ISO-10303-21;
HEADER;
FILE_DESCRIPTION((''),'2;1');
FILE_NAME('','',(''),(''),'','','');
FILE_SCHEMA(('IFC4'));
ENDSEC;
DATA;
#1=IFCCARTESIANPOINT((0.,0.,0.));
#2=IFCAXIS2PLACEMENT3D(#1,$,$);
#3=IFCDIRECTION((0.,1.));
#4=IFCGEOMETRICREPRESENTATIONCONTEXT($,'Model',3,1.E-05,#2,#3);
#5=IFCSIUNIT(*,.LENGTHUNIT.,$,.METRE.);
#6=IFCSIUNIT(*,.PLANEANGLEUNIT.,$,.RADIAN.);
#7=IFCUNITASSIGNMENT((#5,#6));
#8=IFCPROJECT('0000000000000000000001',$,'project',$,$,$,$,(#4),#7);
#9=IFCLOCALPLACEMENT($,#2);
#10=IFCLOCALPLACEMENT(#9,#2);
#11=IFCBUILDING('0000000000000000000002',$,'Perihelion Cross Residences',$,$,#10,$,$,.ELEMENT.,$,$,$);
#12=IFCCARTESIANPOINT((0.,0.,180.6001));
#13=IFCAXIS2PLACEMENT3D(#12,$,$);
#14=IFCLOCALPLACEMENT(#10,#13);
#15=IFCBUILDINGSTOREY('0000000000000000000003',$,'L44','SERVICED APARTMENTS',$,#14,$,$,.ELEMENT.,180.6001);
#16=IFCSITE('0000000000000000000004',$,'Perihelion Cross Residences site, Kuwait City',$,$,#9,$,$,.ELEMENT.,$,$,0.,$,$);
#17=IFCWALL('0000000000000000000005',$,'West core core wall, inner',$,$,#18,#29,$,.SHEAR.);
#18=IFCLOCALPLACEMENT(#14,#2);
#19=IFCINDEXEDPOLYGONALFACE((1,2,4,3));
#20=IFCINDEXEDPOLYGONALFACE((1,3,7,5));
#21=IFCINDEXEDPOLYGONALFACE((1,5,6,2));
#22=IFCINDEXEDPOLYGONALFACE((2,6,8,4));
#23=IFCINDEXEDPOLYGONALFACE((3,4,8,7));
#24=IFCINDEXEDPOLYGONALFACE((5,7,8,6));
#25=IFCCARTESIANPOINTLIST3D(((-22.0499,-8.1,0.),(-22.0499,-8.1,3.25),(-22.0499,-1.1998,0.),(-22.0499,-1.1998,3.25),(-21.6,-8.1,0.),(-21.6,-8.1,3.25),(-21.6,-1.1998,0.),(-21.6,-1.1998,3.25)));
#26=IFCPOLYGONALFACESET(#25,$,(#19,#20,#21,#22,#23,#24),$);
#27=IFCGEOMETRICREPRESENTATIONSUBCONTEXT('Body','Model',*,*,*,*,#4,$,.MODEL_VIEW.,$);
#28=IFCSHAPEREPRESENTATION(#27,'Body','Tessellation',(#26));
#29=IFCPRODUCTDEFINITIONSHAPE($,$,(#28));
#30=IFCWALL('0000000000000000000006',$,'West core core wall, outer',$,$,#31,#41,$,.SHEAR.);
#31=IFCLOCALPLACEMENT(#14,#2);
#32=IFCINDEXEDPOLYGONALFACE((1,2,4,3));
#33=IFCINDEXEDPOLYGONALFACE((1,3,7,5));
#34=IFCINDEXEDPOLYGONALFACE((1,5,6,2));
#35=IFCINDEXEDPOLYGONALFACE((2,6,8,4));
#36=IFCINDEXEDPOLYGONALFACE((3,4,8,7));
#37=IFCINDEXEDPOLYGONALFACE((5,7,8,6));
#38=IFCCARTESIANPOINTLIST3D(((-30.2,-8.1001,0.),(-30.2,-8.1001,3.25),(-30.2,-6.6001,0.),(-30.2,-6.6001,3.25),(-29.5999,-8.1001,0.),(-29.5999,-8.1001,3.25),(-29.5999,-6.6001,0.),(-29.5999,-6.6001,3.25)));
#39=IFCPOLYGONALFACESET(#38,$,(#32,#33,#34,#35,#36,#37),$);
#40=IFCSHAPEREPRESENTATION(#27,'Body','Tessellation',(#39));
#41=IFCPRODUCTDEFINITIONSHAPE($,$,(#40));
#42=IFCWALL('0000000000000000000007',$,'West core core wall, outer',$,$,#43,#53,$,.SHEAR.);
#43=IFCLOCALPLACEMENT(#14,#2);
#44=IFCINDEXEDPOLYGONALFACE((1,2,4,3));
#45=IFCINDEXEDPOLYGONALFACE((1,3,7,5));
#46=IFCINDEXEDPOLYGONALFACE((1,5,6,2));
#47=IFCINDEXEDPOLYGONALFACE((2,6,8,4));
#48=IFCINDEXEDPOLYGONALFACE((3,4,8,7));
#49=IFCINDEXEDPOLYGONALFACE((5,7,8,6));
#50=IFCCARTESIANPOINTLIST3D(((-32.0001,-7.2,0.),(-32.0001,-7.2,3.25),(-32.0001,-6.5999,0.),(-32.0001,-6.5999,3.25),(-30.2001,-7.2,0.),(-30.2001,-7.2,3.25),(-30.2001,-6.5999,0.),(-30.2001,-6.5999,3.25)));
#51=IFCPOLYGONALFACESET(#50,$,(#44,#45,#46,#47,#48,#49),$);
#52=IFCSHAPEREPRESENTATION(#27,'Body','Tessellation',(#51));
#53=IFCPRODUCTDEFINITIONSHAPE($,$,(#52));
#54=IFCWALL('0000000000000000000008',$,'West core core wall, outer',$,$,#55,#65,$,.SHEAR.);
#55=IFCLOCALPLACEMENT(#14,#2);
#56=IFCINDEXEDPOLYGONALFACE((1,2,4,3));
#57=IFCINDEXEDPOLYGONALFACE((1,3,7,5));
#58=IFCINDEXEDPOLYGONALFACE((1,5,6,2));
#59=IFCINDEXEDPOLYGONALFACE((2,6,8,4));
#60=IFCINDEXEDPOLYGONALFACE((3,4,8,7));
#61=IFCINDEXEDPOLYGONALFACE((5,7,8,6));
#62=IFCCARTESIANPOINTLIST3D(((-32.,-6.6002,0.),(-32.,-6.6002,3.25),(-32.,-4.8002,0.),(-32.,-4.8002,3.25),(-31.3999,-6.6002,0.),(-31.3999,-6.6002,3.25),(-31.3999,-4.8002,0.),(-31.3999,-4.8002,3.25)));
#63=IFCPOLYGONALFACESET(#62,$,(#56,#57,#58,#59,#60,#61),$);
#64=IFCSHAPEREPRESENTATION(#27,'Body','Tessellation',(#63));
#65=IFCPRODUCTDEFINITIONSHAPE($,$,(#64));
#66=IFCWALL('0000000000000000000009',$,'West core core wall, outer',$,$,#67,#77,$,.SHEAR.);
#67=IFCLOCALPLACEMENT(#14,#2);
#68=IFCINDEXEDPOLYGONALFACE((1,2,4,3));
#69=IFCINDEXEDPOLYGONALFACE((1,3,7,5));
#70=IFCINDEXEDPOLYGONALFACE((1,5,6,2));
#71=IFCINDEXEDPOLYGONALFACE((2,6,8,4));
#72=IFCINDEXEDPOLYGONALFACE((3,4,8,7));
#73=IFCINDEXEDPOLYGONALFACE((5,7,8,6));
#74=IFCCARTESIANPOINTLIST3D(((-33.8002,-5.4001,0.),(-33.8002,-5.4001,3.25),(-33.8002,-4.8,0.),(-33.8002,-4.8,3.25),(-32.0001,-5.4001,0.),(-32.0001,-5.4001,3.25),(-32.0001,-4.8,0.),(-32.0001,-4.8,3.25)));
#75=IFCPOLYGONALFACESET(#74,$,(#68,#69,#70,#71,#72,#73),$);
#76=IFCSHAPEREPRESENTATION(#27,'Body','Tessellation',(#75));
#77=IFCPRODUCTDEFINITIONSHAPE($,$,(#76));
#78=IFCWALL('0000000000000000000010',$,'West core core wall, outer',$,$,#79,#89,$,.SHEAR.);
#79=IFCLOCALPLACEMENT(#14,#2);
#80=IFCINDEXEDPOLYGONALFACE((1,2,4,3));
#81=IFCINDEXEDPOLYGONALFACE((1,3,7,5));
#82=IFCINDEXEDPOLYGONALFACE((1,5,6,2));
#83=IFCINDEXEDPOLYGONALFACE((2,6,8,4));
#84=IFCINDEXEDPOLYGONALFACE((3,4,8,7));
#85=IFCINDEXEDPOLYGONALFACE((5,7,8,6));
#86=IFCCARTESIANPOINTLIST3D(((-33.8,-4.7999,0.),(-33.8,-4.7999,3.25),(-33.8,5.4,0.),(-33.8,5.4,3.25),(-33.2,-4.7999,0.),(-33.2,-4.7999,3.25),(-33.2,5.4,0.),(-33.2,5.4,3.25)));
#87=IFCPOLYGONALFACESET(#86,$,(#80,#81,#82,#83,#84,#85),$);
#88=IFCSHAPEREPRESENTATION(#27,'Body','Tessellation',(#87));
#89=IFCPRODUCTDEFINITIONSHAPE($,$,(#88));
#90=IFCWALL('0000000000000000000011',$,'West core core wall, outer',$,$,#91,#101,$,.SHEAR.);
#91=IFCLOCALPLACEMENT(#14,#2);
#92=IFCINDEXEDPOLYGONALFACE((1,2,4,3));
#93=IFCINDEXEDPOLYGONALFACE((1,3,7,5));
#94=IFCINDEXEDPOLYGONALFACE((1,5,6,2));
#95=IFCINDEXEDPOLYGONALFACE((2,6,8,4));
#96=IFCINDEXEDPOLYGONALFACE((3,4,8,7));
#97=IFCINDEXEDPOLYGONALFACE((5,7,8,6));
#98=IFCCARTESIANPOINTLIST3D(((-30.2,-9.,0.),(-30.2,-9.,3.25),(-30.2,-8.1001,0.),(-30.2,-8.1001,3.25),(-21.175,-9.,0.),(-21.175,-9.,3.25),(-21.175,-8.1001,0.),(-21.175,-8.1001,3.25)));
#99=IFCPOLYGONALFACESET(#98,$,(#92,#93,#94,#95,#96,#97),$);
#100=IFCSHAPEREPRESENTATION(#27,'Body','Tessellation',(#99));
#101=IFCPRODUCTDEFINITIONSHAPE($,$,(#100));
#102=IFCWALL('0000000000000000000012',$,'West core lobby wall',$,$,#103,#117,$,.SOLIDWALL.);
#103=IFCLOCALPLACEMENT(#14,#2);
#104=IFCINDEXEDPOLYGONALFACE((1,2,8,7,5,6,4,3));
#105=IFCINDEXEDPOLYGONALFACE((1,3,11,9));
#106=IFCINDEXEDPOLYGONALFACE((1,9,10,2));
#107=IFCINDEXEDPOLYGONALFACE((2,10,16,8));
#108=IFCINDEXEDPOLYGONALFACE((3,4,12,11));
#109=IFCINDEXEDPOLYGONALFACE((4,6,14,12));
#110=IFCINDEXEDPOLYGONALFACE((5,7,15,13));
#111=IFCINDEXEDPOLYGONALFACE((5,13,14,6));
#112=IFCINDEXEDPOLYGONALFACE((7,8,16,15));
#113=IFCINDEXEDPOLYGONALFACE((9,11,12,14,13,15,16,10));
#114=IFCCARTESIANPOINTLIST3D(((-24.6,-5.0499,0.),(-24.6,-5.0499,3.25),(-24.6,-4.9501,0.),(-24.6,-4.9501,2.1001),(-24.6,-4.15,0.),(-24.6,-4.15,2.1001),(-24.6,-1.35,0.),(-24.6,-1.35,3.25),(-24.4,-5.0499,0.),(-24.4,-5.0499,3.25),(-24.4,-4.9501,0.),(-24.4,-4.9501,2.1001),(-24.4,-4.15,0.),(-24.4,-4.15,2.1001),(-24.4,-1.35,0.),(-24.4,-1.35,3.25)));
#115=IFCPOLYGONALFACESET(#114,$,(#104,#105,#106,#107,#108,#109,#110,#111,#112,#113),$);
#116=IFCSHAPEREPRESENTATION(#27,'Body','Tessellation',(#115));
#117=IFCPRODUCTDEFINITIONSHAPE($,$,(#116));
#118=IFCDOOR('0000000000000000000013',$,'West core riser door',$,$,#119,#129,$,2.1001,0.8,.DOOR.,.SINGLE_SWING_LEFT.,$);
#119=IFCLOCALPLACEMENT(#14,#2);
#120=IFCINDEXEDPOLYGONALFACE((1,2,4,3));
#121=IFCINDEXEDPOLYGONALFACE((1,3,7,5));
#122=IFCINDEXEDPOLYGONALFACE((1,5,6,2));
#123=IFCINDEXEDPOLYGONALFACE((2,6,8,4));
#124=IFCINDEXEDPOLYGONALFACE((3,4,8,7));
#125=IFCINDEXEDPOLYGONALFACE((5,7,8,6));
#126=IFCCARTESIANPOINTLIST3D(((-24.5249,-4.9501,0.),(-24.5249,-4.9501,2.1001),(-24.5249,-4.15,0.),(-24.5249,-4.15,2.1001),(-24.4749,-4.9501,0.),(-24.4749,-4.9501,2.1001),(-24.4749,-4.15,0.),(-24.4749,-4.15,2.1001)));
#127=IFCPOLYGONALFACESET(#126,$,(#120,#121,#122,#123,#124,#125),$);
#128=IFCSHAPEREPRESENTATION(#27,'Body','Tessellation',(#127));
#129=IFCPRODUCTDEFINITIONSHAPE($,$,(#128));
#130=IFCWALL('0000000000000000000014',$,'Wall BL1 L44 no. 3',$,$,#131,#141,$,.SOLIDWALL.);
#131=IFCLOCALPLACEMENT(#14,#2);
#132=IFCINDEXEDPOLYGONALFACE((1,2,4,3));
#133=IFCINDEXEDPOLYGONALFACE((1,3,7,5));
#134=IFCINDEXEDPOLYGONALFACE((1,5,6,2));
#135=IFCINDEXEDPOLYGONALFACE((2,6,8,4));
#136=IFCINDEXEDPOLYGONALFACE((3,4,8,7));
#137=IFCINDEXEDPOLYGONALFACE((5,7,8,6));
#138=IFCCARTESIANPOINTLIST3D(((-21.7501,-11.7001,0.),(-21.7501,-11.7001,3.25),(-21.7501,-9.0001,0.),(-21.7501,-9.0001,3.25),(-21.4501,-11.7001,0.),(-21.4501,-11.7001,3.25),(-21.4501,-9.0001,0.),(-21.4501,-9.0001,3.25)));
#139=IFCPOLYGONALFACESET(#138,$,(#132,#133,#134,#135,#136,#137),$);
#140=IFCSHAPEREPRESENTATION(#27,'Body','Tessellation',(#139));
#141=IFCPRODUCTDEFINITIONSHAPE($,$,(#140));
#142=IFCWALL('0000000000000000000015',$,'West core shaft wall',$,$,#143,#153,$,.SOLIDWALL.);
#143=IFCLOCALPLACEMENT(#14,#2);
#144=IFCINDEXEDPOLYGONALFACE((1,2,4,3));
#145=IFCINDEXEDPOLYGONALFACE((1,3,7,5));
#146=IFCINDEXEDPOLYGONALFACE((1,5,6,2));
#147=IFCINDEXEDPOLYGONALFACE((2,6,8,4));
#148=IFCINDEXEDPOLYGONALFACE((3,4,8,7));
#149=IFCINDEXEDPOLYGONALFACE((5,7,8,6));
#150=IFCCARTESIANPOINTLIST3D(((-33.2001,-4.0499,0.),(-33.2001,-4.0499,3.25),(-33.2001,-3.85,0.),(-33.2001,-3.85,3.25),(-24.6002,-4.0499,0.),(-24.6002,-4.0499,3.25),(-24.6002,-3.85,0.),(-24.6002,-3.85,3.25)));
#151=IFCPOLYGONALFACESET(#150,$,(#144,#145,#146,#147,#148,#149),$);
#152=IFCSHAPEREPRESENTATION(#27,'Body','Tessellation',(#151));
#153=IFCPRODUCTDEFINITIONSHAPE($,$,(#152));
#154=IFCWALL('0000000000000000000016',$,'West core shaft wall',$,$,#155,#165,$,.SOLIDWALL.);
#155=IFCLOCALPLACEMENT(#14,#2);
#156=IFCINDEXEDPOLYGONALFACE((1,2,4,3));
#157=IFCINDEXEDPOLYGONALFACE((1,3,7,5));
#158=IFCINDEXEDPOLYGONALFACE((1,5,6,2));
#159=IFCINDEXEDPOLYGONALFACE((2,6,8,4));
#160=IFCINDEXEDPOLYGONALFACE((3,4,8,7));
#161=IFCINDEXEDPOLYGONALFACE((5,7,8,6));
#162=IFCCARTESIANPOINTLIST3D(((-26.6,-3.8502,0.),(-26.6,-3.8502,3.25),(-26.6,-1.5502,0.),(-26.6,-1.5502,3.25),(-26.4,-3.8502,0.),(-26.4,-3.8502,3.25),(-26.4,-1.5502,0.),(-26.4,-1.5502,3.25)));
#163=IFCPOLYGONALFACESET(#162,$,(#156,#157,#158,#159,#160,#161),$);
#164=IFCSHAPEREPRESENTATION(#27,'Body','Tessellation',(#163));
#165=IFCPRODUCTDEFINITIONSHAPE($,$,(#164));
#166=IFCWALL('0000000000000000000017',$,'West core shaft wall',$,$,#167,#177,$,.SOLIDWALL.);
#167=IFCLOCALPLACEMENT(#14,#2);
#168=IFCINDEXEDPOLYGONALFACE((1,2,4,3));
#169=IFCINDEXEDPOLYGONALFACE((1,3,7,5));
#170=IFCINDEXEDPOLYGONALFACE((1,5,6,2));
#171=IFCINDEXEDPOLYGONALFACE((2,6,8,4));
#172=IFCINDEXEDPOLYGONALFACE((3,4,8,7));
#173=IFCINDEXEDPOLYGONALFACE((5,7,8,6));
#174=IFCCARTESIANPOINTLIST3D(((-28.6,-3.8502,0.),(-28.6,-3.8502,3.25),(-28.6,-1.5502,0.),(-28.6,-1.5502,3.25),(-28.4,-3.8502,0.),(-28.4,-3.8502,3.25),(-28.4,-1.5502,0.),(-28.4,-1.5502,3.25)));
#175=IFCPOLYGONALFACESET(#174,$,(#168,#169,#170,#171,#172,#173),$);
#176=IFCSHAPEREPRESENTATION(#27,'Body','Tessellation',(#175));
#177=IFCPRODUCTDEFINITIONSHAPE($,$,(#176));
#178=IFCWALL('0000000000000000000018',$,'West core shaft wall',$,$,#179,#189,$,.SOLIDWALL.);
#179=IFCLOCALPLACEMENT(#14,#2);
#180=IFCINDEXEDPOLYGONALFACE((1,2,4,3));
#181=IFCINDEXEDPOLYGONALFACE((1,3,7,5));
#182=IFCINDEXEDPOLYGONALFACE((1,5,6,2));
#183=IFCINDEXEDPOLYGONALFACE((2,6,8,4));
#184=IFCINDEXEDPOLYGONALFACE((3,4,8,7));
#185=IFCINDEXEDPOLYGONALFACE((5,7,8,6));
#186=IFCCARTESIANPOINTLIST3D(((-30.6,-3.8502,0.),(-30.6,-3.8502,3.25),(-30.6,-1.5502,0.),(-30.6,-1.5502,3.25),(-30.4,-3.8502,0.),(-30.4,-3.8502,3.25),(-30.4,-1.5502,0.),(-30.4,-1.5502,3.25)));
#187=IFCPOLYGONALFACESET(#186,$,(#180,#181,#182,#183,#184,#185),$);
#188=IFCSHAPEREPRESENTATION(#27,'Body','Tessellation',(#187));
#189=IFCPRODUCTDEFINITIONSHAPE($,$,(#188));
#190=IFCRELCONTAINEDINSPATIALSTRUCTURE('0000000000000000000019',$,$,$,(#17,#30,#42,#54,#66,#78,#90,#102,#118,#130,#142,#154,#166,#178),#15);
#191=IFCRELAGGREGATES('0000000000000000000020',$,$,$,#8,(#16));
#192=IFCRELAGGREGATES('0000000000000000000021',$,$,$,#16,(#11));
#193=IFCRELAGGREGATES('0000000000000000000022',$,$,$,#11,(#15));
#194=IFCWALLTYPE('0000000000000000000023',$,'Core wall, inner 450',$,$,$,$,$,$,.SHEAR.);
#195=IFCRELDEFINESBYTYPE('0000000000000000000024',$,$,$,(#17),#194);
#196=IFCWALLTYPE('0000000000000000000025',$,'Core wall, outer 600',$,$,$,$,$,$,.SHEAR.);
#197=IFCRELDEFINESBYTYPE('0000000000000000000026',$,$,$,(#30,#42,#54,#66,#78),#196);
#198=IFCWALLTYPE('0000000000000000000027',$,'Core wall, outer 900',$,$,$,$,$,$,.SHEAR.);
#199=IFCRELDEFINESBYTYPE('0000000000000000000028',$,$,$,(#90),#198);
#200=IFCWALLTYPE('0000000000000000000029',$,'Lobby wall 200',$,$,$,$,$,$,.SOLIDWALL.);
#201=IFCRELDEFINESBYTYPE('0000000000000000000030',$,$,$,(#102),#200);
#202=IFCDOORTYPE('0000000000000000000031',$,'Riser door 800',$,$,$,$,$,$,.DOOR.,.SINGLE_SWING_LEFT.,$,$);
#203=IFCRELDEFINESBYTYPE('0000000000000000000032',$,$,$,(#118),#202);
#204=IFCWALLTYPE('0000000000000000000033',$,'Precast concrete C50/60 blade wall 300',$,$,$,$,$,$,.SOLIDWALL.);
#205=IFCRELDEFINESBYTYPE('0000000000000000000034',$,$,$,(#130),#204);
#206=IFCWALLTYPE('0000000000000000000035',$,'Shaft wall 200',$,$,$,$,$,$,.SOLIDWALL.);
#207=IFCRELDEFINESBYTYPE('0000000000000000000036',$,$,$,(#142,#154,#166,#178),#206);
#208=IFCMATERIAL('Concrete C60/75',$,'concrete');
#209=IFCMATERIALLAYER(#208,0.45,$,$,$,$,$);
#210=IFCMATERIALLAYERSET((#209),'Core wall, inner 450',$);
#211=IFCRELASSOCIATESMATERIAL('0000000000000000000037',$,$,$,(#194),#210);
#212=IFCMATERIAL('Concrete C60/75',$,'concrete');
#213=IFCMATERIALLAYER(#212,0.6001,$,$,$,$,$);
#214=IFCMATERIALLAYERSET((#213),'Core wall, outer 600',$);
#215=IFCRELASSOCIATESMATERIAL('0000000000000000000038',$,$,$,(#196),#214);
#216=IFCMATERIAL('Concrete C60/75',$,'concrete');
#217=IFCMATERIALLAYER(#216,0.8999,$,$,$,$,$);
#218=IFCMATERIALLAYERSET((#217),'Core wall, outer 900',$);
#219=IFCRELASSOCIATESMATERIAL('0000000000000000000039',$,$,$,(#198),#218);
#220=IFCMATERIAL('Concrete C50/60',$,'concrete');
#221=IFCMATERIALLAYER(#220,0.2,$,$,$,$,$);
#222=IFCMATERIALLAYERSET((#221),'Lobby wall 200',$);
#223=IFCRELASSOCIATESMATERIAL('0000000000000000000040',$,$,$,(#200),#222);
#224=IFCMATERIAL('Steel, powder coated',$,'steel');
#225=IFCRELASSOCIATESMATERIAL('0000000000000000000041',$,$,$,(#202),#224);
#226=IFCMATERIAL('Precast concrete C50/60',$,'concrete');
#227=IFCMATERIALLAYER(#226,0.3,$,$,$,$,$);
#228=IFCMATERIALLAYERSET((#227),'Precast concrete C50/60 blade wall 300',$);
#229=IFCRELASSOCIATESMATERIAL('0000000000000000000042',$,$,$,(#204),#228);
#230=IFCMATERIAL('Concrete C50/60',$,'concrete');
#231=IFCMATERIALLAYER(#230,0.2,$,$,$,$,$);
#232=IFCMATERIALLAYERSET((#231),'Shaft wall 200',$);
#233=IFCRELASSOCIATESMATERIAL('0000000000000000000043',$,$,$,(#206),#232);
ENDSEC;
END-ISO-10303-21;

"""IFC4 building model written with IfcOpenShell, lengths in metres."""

from ifc_helpers import new_model, si_unit, direction, frame, frame_2d, origin, place, context, subcontext, project, spatial, rectangle, extrude, material, layer, layer_set, type_object, element, fill, save


model = new_model("IFC4")

# Units and contexts
model_context = context("Model", 3, precision=1e-05, world=origin(), true_north=direction((0.0, 1.0)))
body_context = subcontext(model_context, "Body", "Model", "MODEL_VIEW")
ifc_project = project(units=[si_unit("LENGTHUNIT", "METRE"), si_unit("PLANEANGLEUNIT", "RADIAN")], contexts=[model_context])

# Site, building, storey
site_placement = place(None, origin())
site = spatial("IfcSite", under=ifc_project, at=site_placement, Name="Perihelion Cross Residences site, Kuwait City", CompositionType="ELEMENT", RefElevation=0.0)
building_placement = place(site_placement, origin())
building = spatial("IfcBuilding", under=site, at=building_placement, Name="Perihelion Cross Residences", CompositionType="ELEMENT")
storey_placement = place(building_placement, frame((0.0, 0.0, 180.6001)))
storey = spatial("IfcBuildingStorey", under=building, at=storey_placement, Name="L44", Description="SERVICED APARTMENTS", CompositionType="ELEMENT", Elevation=180.6001)

# Walls
ifc_material_1 = material(Name="Concrete C60/75", Category="concrete")
ifc_layer_1 = layer(ifc_material_1, 0.45)
ifc_layer_set_1 = layer_set([ifc_layer_1], Name="Core wall, inner 450")
wall_type_1 = type_object("IfcWallType", Name="Core wall, inner 450", PredefinedType="SHEAR", material=ifc_layer_set_1)
wall_1_placement = place(storey_placement, frame((-21.825, -8.1001, 0.0), z_axis=(0.0, 0.0, 1.0), x_axis=(0.0, 1.0, 0.0)))
element("IfcWall", 1, at=wall_1_placement, inside=storey, type_object=wall_type_1, Name="West core core wall, inner", PredefinedType="SHEAR", context=body_context, shape_type="SweptSolid", body=[
    extrude(rectangle(XDim=6.9001, YDim=0.45, at=frame_2d((3.4502, 0.0))), origin(), (0.0, 0.0, 1.0), 3.25),
])
ifc_material_2 = material(Name="Concrete C60/75", Category="concrete")
ifc_layer_2 = layer(ifc_material_2, 0.6001)
ifc_layer_set_2 = layer_set([ifc_layer_2], Name="Core wall, outer 600")
wall_type_2 = type_object("IfcWallType", Name="Core wall, outer 600", PredefinedType="SHEAR", material=ifc_layer_set_2)
wall_2_placement = place(storey_placement, frame((-29.8999, -8.1001, 0.0), z_axis=(0.0, 0.0, 1.0), x_axis=(0.0, 1.0, 0.0)))
element("IfcWall", 2, at=wall_2_placement, inside=storey, type_object=wall_type_2, Name="West core core wall, outer", PredefinedType="SHEAR", context=body_context, shape_type="SweptSolid", body=[
    extrude(rectangle(XDim=1.5, YDim=0.6001, at=frame_2d((0.75, 0.0))), origin(), (0.0, 0.0, 1.0), 3.25),
])
for number, where, z_axis, x_axis, name in (
    (3, (-32.0, -6.8999, 0.0), (0.0, 0.0, 1.0), (1.0, 0.0, 0.0), "West core core wall, outer"),
    (4, (-31.7, -6.6001, 0.0), (0.0, 0.0, 1.0), (0.0, 1.0, 0.0), "West core core wall, outer"),
    (5, (-33.8, -5.1001, 0.0), (0.0, 0.0, 1.0), (1.0, 0.0, 0.0), "West core core wall, outer"),
):
    element("IfcWall", number, at=place(storey_placement, frame(where, z_axis=z_axis, x_axis=x_axis)), inside=storey, type_object=wall_type_2, Name=name, PredefinedType="SHEAR", context=body_context, shape_type="SweptSolid", body=[
        extrude(rectangle(XDim=1.8, YDim=0.6001, at=frame_2d((0.8999, 0.0))), origin(), (0.0, 0.0, 1.0), 3.25),
    ])
wall_3_placement = place(storey_placement, frame((-33.5, -4.8, 0.0), z_axis=(0.0, 0.0, 1.0), x_axis=(0.0, 1.0, 0.0)))
element("IfcWall", 6, at=wall_3_placement, inside=storey, type_object=wall_type_2, Name="West core core wall, outer", PredefinedType="SHEAR", context=body_context, shape_type="SweptSolid", body=[
    extrude(rectangle(XDim=10.2, YDim=0.6001, at=frame_2d((5.1001, 0.0))), origin(), (0.0, 0.0, 1.0), 3.25),
])
ifc_material_3 = material(Name="Concrete C60/75", Category="concrete")
ifc_layer_3 = layer(ifc_material_3, 0.8999)
ifc_layer_set_3 = layer_set([ifc_layer_3], Name="Core wall, outer 900")
wall_type_3 = type_object("IfcWallType", Name="Core wall, outer 900", PredefinedType="SHEAR", material=ifc_layer_set_3)
wall_4_placement = place(storey_placement, frame((-30.2, -8.55, 0.0), z_axis=(0.0, 0.0, 1.0), x_axis=(1.0, 0.0, 0.0)))
element("IfcWall", 7, at=wall_4_placement, inside=storey, type_object=wall_type_3, Name="West core core wall, outer", PredefinedType="SHEAR", context=body_context, shape_type="SweptSolid", body=[
    extrude(rectangle(XDim=9.0249, YDim=0.8999, at=frame_2d((4.5125, 0.0))), origin(), (0.0, 0.0, 1.0), 3.25),
])

# Wall, opening, door
ifc_material_4 = material(Name="Concrete C50/60", Category="concrete")
ifc_layer_4 = layer(ifc_material_4, 0.2)
ifc_layer_set_4 = layer_set([ifc_layer_4], Name="Lobby wall 200")
wall_type_4 = type_object("IfcWallType", Name="Lobby wall 200", PredefinedType="SOLIDWALL", material=ifc_layer_set_4)
wall_5_placement = place(storey_placement, frame((-24.5, -5.05, 0.0), z_axis=(0.0, 0.0, 1.0), x_axis=(0.0, 1.0, 0.0)))
wall_5 = element("IfcWall", 8, at=wall_5_placement, inside=storey, type_object=wall_type_4, Name="West core lobby wall", PredefinedType="SOLIDWALL", context=body_context, shape_type="SweptSolid", body=[
    extrude(rectangle(XDim=3.7, YDim=0.2, at=frame_2d((1.8501, 0.0))), origin(), (0.0, 0.0, 1.0), 3.25),
])
opening_1_placement = place(wall_5_placement, frame((0.1001, 0.0, 0.0)))
opening_1 = element("IfcOpeningElement", 9, at=opening_1_placement, cuts=wall_5, PredefinedType="OPENING", context=body_context, shape_type="SweptSolid", body=[
    extrude(rectangle(XDim=0.8, YDim=2.1001, at=frame_2d((0.3999, 1.05))), frame((0.0, 0.1099, 0.0), z_axis=(0.0, -1.0, 0.0), x_axis=(1.0, 0.0, 0.0)), (0.0, 0.0, 1.0), 0.22),
])
ifc_material_5 = material(Name="Steel, powder coated", Category="steel")
door_type_1 = type_object("IfcDoorType", Name="Riser door 800", OperationType="SINGLE_SWING_LEFT", PredefinedType="DOOR", material=ifc_material_5)
door_1_placement = place(opening_1_placement, origin())
door_1 = element("IfcDoor", 10, at=door_1_placement, inside=storey, type_object=door_type_1, Name="West core riser door", OperationType="SINGLE_SWING_LEFT", OverallHeight=2.1001, OverallWidth=0.8, PredefinedType="DOOR", context=body_context, shape_type="SweptSolid", body=[
    extrude(rectangle(XDim=0.8, YDim=2.1001, at=frame_2d((0.3999, 1.05))), frame((0.0, 0.0249, 0.0), z_axis=(0.0, -1.0, 0.0), x_axis=(1.0, 0.0, 0.0)), (0.0, 0.0, 1.0), 0.05),
])
fill(opening_1, door_1)

# Walls
ifc_material_6 = material(Name="Precast concrete C50/60", Category="concrete")
ifc_layer_5 = layer(ifc_material_6, 0.3)
ifc_layer_set_5 = layer_set([ifc_layer_5], Name="Precast concrete C50/60 blade wall 300")
wall_type_5 = type_object("IfcWallType", Name="Precast concrete C50/60 blade wall 300", PredefinedType="SOLIDWALL", material=ifc_layer_set_5)
wall_6_placement = place(storey_placement, frame((-21.6001, -9.0, 0.0), z_axis=(0.0, 0.0, 1.0), x_axis=(0.0, -1.0, 0.0)))
element("IfcWall", 11, at=wall_6_placement, inside=storey, type_object=wall_type_5, Name="Wall BL1 L44 no. 3", PredefinedType="SOLIDWALL", context=body_context, shape_type="SweptSolid", body=[
    extrude(rectangle(XDim=2.7, YDim=0.3, at=frame_2d((1.3501, 0.0))), origin(), (0.0, 0.0, 1.0), 3.25),
])
ifc_material_7 = material(Name="Concrete C50/60", Category="concrete")
ifc_layer_6 = layer(ifc_material_7, 0.2)
ifc_layer_set_6 = layer_set([ifc_layer_6], Name="Shaft wall 200")
wall_type_6 = type_object("IfcWallType", Name="Shaft wall 200", PredefinedType="SOLIDWALL", material=ifc_layer_set_6)
wall_7_placement = place(storey_placement, frame((-33.2, -3.95, 0.0), z_axis=(0.0, 0.0, 1.0), x_axis=(1.0, 0.0, 0.0)))
element("IfcWall", 12, at=wall_7_placement, inside=storey, type_object=wall_type_6, Name="West core shaft wall", PredefinedType="SOLIDWALL", context=body_context, shape_type="SweptSolid", body=[
    extrude(rectangle(XDim=8.5999, YDim=0.2, at=frame_2d((4.2998, 0.0))), origin(), (0.0, 0.0, 1.0), 3.25),
])
for number, where, z_axis, x_axis, name in (
    (13, (-26.5, -3.8501, 0.0), (0.0, 0.0, 1.0), (0.0, 1.0, 0.0), "West core shaft wall"),
    (14, (-28.5, -3.8501, 0.0), (0.0, 0.0, 1.0), (0.0, 1.0, 0.0), "West core shaft wall"),
    (15, (-30.5, -3.8501, 0.0), (0.0, 0.0, 1.0), (0.0, 1.0, 0.0), "West core shaft wall"),
):
    element("IfcWall", number, at=place(storey_placement, frame(where, z_axis=z_axis, x_axis=x_axis)), inside=storey, type_object=wall_type_6, Name=name, PredefinedType="SOLIDWALL", context=body_context, shape_type="SweptSolid", body=[
        extrude(rectangle(XDim=2.3, YDim=0.2, at=frame_2d((1.1499, 0.0))), origin(), (0.0, 0.0, 1.0), 3.25),
    ])

save(model, "model.ifc")
